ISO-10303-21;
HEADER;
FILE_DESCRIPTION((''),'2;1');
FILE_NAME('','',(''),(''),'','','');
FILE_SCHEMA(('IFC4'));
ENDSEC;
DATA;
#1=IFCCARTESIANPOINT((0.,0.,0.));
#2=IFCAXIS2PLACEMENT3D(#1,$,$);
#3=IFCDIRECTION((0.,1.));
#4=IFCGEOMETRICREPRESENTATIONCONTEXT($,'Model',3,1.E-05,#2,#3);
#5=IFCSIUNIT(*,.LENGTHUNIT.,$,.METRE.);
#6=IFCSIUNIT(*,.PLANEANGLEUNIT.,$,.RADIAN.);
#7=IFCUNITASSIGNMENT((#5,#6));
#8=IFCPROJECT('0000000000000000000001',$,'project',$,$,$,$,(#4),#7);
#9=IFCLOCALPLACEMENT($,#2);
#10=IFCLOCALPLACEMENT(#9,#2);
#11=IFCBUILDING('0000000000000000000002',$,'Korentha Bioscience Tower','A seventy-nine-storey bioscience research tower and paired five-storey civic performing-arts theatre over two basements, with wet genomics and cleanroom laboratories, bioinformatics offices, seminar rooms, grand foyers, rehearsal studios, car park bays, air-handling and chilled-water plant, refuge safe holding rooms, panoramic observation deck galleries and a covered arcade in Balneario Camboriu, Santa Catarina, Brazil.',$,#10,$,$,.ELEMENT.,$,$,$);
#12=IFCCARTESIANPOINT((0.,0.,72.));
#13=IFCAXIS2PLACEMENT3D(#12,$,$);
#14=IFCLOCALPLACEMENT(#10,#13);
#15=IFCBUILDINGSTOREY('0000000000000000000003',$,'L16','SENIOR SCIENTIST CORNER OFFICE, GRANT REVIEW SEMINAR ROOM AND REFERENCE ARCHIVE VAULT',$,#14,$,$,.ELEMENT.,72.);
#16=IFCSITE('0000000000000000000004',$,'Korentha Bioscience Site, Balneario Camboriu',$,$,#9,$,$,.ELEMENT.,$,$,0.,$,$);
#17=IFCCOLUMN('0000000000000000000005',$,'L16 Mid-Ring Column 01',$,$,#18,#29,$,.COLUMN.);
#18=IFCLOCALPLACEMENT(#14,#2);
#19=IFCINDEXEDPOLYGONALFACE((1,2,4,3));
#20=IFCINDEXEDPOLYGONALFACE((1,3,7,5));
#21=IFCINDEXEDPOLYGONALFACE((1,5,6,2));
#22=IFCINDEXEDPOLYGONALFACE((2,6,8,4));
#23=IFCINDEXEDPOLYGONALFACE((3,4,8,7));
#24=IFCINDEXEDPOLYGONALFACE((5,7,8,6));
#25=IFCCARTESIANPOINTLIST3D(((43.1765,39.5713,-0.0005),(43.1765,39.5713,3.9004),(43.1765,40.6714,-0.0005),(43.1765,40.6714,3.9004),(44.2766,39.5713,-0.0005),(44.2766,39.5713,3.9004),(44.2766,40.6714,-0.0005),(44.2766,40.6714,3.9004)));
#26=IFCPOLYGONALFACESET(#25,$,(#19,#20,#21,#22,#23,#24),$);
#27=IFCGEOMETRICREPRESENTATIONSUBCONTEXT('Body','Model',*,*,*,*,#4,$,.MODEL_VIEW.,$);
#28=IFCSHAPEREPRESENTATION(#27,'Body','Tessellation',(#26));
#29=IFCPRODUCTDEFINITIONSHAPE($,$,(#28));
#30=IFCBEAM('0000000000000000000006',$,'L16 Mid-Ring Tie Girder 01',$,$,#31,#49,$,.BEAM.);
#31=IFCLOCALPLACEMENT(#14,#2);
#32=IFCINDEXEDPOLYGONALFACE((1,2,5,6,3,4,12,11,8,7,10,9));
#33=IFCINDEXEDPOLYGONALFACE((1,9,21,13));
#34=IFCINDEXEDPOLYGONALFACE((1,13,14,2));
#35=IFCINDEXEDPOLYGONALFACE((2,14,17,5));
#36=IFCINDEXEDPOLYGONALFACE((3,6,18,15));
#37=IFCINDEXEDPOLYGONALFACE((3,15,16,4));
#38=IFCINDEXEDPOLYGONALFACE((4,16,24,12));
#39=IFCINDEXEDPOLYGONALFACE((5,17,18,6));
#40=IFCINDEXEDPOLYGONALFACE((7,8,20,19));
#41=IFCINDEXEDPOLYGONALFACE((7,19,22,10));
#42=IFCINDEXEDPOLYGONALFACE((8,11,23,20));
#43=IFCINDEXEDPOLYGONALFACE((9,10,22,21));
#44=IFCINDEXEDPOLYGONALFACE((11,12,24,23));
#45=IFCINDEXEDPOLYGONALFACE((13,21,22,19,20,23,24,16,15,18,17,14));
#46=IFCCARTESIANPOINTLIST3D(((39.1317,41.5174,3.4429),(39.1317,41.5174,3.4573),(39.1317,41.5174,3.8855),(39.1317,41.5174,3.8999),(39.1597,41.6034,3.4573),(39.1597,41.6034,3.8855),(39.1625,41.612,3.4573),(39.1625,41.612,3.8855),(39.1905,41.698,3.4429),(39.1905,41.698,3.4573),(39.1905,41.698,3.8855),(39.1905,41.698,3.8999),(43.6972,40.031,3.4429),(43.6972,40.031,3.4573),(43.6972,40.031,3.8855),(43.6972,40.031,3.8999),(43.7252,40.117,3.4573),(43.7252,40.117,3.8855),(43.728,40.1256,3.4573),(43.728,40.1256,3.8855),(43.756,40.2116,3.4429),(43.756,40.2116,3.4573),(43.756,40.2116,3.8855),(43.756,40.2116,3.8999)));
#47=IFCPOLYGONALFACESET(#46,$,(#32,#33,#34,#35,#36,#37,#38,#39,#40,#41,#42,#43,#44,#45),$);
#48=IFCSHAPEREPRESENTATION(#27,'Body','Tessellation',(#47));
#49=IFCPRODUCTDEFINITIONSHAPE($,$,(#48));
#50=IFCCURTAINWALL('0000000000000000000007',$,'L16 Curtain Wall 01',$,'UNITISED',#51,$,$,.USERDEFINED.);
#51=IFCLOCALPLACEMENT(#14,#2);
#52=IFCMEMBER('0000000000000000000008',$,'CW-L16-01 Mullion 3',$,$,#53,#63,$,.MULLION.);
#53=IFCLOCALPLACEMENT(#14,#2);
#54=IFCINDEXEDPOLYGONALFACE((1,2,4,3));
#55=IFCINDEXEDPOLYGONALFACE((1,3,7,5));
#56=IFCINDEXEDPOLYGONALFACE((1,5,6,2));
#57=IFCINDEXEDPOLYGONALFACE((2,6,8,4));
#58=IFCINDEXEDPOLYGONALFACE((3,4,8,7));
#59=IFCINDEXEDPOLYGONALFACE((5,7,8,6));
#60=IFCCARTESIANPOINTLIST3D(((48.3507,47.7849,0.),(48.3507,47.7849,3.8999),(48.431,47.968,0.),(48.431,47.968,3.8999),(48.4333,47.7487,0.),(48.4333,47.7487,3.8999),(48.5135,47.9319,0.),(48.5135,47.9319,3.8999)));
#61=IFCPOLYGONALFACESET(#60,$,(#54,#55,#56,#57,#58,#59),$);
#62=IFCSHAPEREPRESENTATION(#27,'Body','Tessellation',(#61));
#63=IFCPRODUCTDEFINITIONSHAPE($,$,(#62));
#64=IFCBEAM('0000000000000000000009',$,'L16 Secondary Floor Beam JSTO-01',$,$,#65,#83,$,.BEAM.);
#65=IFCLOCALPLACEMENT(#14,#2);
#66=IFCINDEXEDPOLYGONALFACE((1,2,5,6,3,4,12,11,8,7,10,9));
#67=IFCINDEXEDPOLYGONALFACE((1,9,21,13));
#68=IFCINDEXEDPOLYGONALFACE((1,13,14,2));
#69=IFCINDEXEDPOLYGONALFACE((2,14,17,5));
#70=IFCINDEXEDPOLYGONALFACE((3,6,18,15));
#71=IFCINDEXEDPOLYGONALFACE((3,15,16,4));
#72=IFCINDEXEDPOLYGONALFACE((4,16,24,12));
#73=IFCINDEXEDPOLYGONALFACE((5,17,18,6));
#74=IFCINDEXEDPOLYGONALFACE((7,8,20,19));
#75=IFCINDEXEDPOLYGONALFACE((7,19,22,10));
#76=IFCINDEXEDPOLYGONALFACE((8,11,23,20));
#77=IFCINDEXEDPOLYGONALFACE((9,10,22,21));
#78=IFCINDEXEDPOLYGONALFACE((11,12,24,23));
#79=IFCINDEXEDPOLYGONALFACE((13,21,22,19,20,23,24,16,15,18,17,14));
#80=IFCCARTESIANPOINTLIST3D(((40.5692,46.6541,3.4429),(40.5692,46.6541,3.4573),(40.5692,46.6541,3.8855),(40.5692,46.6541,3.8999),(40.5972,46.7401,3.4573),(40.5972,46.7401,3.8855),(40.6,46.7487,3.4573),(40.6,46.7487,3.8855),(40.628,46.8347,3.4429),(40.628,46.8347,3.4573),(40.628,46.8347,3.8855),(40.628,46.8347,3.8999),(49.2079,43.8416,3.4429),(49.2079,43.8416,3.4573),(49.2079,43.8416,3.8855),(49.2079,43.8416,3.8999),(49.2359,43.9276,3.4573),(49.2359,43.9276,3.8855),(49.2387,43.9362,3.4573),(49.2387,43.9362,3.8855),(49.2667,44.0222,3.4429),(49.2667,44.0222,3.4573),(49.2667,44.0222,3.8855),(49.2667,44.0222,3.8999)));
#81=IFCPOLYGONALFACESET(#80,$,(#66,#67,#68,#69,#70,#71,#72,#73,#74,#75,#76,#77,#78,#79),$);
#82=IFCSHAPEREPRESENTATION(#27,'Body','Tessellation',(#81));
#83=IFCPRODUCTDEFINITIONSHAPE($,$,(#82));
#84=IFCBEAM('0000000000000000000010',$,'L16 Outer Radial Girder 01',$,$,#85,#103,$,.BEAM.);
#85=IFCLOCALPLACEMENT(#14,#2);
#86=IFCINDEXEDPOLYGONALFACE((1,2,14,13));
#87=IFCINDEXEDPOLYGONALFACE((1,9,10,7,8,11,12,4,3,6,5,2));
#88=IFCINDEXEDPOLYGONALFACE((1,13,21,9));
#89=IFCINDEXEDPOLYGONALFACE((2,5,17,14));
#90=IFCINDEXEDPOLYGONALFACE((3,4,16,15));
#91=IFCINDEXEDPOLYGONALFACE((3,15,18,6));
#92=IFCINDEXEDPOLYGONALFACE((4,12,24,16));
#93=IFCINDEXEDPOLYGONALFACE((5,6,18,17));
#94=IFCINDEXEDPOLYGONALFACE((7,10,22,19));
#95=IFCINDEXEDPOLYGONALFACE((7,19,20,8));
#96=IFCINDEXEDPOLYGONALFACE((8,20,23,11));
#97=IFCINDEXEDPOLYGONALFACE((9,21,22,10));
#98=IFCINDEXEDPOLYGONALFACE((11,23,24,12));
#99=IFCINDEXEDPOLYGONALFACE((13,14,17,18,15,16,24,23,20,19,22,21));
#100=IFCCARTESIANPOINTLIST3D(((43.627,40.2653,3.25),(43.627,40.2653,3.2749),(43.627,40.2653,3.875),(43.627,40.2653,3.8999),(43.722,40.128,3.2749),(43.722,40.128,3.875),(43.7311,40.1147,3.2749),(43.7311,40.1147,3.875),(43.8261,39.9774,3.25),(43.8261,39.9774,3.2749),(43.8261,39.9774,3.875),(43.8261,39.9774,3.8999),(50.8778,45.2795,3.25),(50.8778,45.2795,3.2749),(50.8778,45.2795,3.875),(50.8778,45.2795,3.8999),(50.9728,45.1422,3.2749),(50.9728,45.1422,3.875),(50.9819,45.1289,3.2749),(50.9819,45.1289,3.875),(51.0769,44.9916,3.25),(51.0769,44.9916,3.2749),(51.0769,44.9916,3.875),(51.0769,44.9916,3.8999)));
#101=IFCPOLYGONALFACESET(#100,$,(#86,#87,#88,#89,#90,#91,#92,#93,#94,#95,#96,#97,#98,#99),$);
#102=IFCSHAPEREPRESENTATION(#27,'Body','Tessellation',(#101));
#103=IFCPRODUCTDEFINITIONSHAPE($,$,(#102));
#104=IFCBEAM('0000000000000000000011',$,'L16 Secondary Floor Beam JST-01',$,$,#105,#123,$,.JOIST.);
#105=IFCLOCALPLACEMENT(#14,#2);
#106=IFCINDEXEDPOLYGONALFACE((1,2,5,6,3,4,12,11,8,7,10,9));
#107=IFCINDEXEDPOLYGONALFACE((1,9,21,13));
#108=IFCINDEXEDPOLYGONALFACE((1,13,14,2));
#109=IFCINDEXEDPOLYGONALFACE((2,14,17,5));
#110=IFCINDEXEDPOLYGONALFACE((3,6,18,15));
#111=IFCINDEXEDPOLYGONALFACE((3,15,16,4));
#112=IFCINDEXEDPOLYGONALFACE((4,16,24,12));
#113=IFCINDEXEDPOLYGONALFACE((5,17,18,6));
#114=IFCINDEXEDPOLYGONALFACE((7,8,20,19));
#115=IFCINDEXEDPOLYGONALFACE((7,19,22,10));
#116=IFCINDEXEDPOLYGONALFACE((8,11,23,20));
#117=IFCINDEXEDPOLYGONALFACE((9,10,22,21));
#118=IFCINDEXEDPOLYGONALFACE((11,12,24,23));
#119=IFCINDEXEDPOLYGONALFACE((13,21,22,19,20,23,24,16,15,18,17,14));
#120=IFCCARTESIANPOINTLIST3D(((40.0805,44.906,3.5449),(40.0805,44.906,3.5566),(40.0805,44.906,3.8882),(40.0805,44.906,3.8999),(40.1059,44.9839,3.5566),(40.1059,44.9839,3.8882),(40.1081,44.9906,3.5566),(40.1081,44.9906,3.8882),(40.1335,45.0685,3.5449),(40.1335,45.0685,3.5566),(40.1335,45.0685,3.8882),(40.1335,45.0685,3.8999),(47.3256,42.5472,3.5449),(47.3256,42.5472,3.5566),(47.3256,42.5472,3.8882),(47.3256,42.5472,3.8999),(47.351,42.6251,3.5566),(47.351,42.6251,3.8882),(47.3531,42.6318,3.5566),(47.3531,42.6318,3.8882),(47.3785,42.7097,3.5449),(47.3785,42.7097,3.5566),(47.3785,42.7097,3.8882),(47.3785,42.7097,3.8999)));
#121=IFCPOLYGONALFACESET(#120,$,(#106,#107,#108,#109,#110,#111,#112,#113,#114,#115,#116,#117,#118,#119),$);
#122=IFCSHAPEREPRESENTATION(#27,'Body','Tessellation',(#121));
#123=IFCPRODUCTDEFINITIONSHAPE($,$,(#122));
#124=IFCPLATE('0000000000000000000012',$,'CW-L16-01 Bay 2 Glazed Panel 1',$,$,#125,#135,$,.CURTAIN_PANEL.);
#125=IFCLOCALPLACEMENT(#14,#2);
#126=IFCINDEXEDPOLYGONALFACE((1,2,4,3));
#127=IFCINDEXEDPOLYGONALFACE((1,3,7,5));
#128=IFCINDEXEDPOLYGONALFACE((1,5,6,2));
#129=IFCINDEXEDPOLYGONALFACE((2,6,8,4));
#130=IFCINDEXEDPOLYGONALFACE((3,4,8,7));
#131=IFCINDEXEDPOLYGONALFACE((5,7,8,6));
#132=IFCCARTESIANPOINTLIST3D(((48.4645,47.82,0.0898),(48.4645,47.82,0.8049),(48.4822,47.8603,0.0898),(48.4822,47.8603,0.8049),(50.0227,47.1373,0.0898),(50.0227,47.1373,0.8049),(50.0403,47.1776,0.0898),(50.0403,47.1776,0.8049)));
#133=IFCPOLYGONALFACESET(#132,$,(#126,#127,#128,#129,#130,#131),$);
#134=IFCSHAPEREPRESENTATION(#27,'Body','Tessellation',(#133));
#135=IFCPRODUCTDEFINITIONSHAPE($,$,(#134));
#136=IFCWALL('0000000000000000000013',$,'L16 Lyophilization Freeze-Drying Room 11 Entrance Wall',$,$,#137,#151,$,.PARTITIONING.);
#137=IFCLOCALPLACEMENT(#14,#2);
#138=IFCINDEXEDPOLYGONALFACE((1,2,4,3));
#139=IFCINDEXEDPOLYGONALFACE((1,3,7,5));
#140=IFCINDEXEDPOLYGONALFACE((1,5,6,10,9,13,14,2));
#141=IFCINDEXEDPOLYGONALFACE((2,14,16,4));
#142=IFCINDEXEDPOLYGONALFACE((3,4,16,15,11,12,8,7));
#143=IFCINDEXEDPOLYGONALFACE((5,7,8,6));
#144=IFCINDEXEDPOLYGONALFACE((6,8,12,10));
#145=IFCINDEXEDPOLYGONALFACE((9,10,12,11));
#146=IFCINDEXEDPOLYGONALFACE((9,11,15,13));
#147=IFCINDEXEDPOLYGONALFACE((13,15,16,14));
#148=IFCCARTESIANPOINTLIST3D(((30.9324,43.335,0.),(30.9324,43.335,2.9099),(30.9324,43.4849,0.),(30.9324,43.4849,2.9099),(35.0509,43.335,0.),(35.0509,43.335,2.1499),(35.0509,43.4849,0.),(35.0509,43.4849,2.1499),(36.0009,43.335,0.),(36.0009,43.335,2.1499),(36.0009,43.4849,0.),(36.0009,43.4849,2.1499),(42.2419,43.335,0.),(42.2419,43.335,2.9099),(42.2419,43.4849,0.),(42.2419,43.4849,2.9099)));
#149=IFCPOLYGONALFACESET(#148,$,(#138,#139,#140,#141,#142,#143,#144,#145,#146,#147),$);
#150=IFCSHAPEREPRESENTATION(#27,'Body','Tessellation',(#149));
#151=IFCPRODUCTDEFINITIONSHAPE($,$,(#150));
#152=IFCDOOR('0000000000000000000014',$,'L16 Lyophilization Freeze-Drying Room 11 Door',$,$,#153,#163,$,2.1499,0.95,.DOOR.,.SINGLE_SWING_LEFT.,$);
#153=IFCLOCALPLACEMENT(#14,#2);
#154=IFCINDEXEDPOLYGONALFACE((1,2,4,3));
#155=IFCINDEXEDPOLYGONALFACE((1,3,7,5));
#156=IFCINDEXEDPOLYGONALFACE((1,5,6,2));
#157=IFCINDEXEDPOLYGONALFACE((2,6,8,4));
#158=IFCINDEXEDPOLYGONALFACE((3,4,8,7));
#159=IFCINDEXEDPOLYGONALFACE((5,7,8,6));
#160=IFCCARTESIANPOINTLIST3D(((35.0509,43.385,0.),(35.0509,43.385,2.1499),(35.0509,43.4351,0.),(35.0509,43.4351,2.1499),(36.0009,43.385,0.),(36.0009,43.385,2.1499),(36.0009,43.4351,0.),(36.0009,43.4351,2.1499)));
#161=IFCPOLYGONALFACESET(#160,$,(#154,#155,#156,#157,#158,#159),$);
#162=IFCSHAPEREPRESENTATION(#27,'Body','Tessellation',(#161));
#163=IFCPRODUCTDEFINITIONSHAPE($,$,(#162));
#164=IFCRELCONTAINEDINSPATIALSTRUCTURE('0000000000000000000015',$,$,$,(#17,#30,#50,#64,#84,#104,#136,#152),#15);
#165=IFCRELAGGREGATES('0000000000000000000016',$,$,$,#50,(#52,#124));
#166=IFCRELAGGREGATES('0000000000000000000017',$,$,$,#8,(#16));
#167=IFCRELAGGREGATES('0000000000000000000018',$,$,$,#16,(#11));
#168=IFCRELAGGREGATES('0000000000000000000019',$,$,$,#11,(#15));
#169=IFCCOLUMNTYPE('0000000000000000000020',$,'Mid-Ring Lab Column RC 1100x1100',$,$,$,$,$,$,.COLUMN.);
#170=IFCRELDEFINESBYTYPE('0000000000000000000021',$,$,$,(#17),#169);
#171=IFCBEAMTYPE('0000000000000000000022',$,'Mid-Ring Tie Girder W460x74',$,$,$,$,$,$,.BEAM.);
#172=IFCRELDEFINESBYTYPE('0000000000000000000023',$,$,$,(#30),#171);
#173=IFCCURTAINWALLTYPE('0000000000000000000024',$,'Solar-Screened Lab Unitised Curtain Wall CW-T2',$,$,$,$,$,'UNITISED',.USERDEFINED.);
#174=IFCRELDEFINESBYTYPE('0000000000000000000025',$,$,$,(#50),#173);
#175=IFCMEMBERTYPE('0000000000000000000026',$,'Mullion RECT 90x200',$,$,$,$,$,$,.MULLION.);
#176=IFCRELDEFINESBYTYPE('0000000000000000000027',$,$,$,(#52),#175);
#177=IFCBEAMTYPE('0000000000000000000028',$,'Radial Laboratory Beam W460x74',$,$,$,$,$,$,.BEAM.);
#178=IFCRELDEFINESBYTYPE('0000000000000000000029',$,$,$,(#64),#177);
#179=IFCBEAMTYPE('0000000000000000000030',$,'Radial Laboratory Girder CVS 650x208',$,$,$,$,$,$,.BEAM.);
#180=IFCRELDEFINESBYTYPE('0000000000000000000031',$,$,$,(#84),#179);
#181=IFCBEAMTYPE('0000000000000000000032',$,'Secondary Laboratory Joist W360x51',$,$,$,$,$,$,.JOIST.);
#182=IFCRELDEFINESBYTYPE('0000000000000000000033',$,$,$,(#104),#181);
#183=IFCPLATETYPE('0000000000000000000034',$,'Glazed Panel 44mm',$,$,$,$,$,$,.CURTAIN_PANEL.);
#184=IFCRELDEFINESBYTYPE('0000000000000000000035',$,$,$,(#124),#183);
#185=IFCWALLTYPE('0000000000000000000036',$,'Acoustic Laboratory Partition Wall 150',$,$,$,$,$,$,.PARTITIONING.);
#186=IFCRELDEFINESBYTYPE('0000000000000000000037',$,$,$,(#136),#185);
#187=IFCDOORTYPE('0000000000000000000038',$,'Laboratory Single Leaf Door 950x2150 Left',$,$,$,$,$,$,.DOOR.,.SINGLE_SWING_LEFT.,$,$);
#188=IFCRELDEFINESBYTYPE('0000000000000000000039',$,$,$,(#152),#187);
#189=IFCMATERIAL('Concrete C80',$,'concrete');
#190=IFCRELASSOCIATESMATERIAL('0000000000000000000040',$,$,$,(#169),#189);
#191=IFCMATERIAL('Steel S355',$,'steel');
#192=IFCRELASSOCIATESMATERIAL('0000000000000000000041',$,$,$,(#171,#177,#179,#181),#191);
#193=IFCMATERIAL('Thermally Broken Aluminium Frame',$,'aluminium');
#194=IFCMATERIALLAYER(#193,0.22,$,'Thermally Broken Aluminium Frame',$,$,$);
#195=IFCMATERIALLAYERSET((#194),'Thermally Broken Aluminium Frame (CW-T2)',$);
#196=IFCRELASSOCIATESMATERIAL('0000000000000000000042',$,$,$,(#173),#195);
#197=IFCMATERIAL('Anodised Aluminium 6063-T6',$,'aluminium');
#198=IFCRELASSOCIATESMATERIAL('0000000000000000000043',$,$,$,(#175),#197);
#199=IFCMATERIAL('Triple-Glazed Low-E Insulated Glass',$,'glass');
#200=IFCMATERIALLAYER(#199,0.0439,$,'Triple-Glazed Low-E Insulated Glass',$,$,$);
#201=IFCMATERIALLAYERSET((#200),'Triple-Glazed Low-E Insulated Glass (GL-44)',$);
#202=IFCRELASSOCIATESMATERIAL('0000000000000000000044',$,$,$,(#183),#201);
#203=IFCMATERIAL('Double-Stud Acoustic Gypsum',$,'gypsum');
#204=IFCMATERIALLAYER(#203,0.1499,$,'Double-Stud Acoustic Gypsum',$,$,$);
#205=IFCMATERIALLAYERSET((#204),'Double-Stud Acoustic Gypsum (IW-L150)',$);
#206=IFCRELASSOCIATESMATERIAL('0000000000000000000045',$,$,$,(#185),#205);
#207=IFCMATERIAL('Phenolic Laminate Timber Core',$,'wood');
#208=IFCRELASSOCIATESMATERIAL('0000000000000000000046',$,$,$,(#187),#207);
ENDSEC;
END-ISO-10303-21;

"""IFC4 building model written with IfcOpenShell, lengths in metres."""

from ifc_helpers import new_model, si_unit, direction, frame, frame_2d, origin, origin_2d, place, context, subcontext, project, spatial, rectangle, i_section, extrude, material, layer, layer_set, material_profile, profile_set, type_object, element, fill, aggregate, save


model = new_model("IFC4")

# Units and contexts
model_context = context("Model", 3, precision=1e-05, world=origin(), true_north=direction((0.0, 1.0)))
body_context = subcontext(model_context, "Body", "Model", "MODEL_VIEW")
ifc_project = project(units=[si_unit("LENGTHUNIT", "METRE"), si_unit("PLANEANGLEUNIT", "RADIAN")], contexts=[model_context])

# Site, building, storey
site_placement = place(None, origin())
site = spatial("IfcSite", under=ifc_project, at=site_placement, Name="Korentha Bioscience Site, Balneario Camboriu", CompositionType="ELEMENT", RefElevation=0.0)
building_placement = place(site_placement, origin())
building = spatial("IfcBuilding", under=site, at=building_placement, Name="Korentha Bioscience Tower", Description="A seventy-nine-storey bioscience research tower and paired five-storey civic performing-arts theatre over two basements, with wet genomics and cleanroom laboratories, bioinformatics offices, seminar rooms, grand foyers, rehearsal studios, car park bays, air-handling and chilled-water plant, refuge safe holding rooms, panoramic observation deck galleries and a covered arcade in Balneario Camboriu, Santa Catarina, Brazil.", CompositionType="ELEMENT")
storey_placement = place(building_placement, frame((0.0, 0.0, 72.0)))
storey = spatial("IfcBuildingStorey", under=building, at=storey_placement, Name="L16", Description="SENIOR SCIENTIST CORNER OFFICE, GRANT REVIEW SEMINAR ROOM AND REFERENCE ARCHIVE VAULT", CompositionType="ELEMENT", Elevation=72.0)

# Column
ifc_material_1 = material(Name="Concrete C80", Category="concrete")
ifc_material_profile_1 = material_profile(ifc_material_1, rectangle(XDim=1.1001, YDim=1.1001, at=origin_2d()), Name="Concrete C80")
ifc_profile_set_1 = profile_set([ifc_material_profile_1], Name="Concrete C80 (COL-MR11)")
column_type = type_object("IfcColumnType", Name="Mid-Ring Lab Column RC 1100x1100", PredefinedType="COLUMN", material=ifc_profile_set_1)
column_placement = place(storey_placement, frame((43.7266, 40.1213, -0.0005), z_axis=(0.0, 0.0, 1.0), x_axis=(1.0, 0.0, 0.0)))
element("IfcColumn", 1, at=column_placement, inside=storey, type_object=column_type, Name="L16 Mid-Ring Column 01", PredefinedType="COLUMN", context=body_context, shape_type="SweptSolid", body=[
    extrude(rectangle(XDim=1.1001, YDim=1.1001, at=origin_2d()), origin(), (0.0, 0.0, 1.0), 3.9009),
])

# Beam
ifc_material_2 = material(Name="Steel S355", Category="steel")
ifc_material_profile_2 = material_profile(ifc_material_2, i_section(OverallWidth=0.1899, OverallDepth=0.457, WebThickness=0.009, FlangeThickness=0.0144, at=origin_2d()), Name="Steel S355")
ifc_profile_set_2 = profile_set([ifc_material_profile_2], Name="Steel S355 (MB-460)")
beam_type_1 = type_object("IfcBeamType", Name="Mid-Ring Tie Girder W460x74", PredefinedType="BEAM", material=ifc_profile_set_2)
beam_1_placement = place(storey_placement, frame((43.7266, 40.1213, 3.6714), z_axis=(-0.950877, 0.309569, 0.0), x_axis=(-0.309569, -0.950877, 0.0)))
element("IfcBeam", 2, at=beam_1_placement, inside=storey, type_object=beam_type_1, Name="L16 Mid-Ring Tie Girder 01", PredefinedType="BEAM", context=body_context, shape_type="SweptSolid", body=[
    extrude(i_section(OverallWidth=0.1899, OverallDepth=0.457, WebThickness=0.009, FlangeThickness=0.0144, at=origin_2d()), origin(), (0.0, 0.0, 1.0), 4.8013),
])

# Curtain wall, member
ifc_material_3 = material(Name="Thermally Broken Aluminium Frame", Category="aluminium")
ifc_layer_1 = layer(ifc_material_3, 0.22, Name="Thermally Broken Aluminium Frame")
ifc_layer_set_1 = layer_set([ifc_layer_1], Name="Thermally Broken Aluminium Frame (CW-T2)")
curtain_wall_type = type_object("IfcCurtainWallType", Name="Solar-Screened Lab Unitised Curtain Wall CW-T2", ElementType="UNITISED", PredefinedType="USERDEFINED", material=ifc_layer_set_1)
curtain_wall_placement = place(storey_placement, origin())
curtain_wall = element("IfcCurtainWall", 3, at=curtain_wall_placement, inside=storey, type_object=curtain_wall_type, Name="L16 Curtain Wall 01", ObjectType="UNITISED", PredefinedType="USERDEFINED")
ifc_material_4 = material(Name="Anodised Aluminium 6063-T6", Category="aluminium")
ifc_material_profile_3 = material_profile(ifc_material_4, rectangle(XDim=0.0901, YDim=0.2, at=origin_2d()), Name="Anodised Aluminium 6063-T6")
ifc_profile_set_3 = profile_set([ifc_material_profile_3], Name="Anodised Aluminium 6063-T6 (CW-MUL)")
member_type = type_object("IfcMemberType", Name="Mullion RECT 90x200", PredefinedType="MULLION", material=ifc_profile_set_3)
member_placement = place(storey_placement, frame((48.4321, 47.8584, 0.0), z_axis=(0.0, 0.0, 1.0), x_axis=(-0.915939, 0.401317, 0.0)))
member = element("IfcMember", 4, at=member_placement, type_object=member_type, Name="CW-L16-01 Mullion 3", PredefinedType="MULLION", context=body_context, shape_type="SweptSolid", body=[
    extrude(rectangle(XDim=0.0901, YDim=0.2, at=origin_2d()), origin(), (0.0, 0.0, 1.0), 3.8999),
])

# Beams
ifc_material_profile_4 = material_profile(ifc_material_2, i_section(OverallWidth=0.1899, OverallDepth=0.457, WebThickness=0.009, FlangeThickness=0.0144, at=origin_2d()), Name="Steel S355")
ifc_profile_set_4 = profile_set([ifc_material_profile_4], Name="Steel S355 (RB-460)")
beam_type_2 = type_object("IfcBeamType", Name="Radial Laboratory Beam W460x74", PredefinedType="BEAM", material=ifc_profile_set_4)
beam_2_placement = place(storey_placement, frame((49.2373, 43.9319, 3.6714), z_axis=(-0.950874, 0.309577, 0.0), x_axis=(-0.309577, -0.950874, 0.0)))
element("IfcBeam", 5, at=beam_2_placement, inside=storey, type_object=beam_type_2, Name="L16 Secondary Floor Beam JSTO-01", PredefinedType="BEAM", context=body_context, shape_type="SweptSolid", body=[
    extrude(i_section(OverallWidth=0.1899, OverallDepth=0.457, WebThickness=0.009, FlangeThickness=0.0144, at=origin_2d()), origin(), (0.0, 0.0, 1.0), 9.085),
])
ifc_material_profile_5 = material_profile(ifc_material_2, i_section(OverallWidth=0.3501, OverallDepth=0.6499, WebThickness=0.0161, FlangeThickness=0.0249, at=origin_2d()), Name="Steel S355")
ifc_profile_set_5 = profile_set([ifc_material_profile_5], Name="Steel S355 (RB-650)")
beam_type_3 = type_object("IfcBeamType", Name="Radial Laboratory Girder CVS 650x208", PredefinedType="BEAM", material=ifc_profile_set_5)
beam_3_placement = place(storey_placement, frame((43.7266, 40.1213, 3.575), z_axis=(0.822488, 0.568782, 0.0), x_axis=(-0.568782, 0.822488, 0.0)))
element("IfcBeam", 6, at=beam_3_placement, inside=storey, type_object=beam_type_3, Name="L16 Outer Radial Girder 01", PredefinedType="BEAM", context=body_context, shape_type="SweptSolid", body=[
    extrude(i_section(OverallWidth=0.3501, OverallDepth=0.6499, WebThickness=0.0161, FlangeThickness=0.0249, at=origin_2d()), origin(), (0.0, 0.0, 1.0), 8.8157),
])
ifc_material_profile_6 = material_profile(ifc_material_2, i_section(OverallWidth=0.1709, OverallDepth=0.355, WebThickness=0.0071, FlangeThickness=0.0117, at=origin_2d()), Name="Steel S355")
ifc_profile_set_6 = profile_set([ifc_material_profile_6], Name="Steel S355 (JB-360)")
beam_type_4 = type_object("IfcBeamType", Name="Secondary Laboratory Joist W360x51", PredefinedType="JOIST", material=ifc_profile_set_6)
beam_4_placement = place(storey_placement, frame((47.3521, 42.6284, 3.7224), z_axis=(-0.950871, 0.309587, 0.0), x_axis=(-0.309587, -0.950871, 0.0)))
element("IfcBeam", 7, at=beam_4_placement, inside=storey, type_object=beam_type_4, Name="L16 Secondary Floor Beam JST-01", PredefinedType="JOIST", context=body_context, shape_type="SweptSolid", body=[
    extrude(i_section(OverallWidth=0.1709, OverallDepth=0.355, WebThickness=0.0071, FlangeThickness=0.0117, at=origin_2d()), origin(), (0.0, 0.0, 1.0), 7.6194),
])

# Plate
ifc_material_5 = material(Name="Triple-Glazed Low-E Insulated Glass", Category="glass")
ifc_layer_2 = layer(ifc_material_5, 0.0439, Name="Triple-Glazed Low-E Insulated Glass")
ifc_layer_set_2 = layer_set([ifc_layer_2], Name="Triple-Glazed Low-E Insulated Glass (GL-44)")
plate_type = type_object("IfcPlateType", Name="Glazed Panel 44mm", PredefinedType="CURTAIN_PANEL", material=ifc_layer_set_2)
plate_placement = place(storey_placement, frame((49.2524, 47.4988, 0.0898), z_axis=(0.0, 0.0, 1.0), x_axis=(-0.915939, 0.401317, 0.0)))
plate = element("IfcPlate", 8, at=plate_placement, type_object=plate_type, Name="CW-L16-01 Bay 2 Glazed Panel 1", PredefinedType="CURTAIN_PANEL", context=body_context, shape_type="SweptSolid", body=[
    extrude(rectangle(XDim=1.7012, YDim=0.0439, at=origin_2d()), origin(), (0.0, 0.0, 1.0), 0.7151),
])
aggregate(curtain_wall, [member, plate])

# Wall, opening, door
ifc_material_6 = material(Name="Double-Stud Acoustic Gypsum", Category="gypsum")
ifc_layer_3 = layer(ifc_material_6, 0.1499, Name="Double-Stud Acoustic Gypsum")
ifc_layer_set_3 = layer_set([ifc_layer_3], Name="Double-Stud Acoustic Gypsum (IW-L150)")
wall_type_1 = type_object("IfcWallType", Name="Acoustic Laboratory Partition Wall 150", PredefinedType="PARTITIONING", material=ifc_layer_set_3)
wall_1_placement = place(storey_placement, frame((42.2419, 43.4099, 0.0), z_axis=(0.0, 0.0, 1.0), x_axis=(-1.0, 0.0, 0.0)))
wall_1 = element("IfcWall", 9, at=wall_1_placement, inside=storey, type_object=wall_type_1, Name="L16 Lyophilization Freeze-Drying Room 11 Entrance Wall", PredefinedType="PARTITIONING", context=body_context, shape_type="SweptSolid", body=[
    extrude(rectangle(XDim=11.3096, YDim=0.1499, at=frame_2d((5.6548, 0.0))), origin(), (0.0, 0.0, 1.0), 2.9099),
])
opening_1_placement = place(wall_1_placement, frame((6.241, 0.0, 0.0)))
opening_1 = element("IfcOpeningElement", 10, at=opening_1_placement, cuts=wall_1, PredefinedType="OPENING", context=body_context, shape_type="SweptSolid", body=[
    extrude(rectangle(XDim=0.95, YDim=2.1499, at=frame_2d((0.4751, 1.075))), frame((0.0, 0.0898, 0.0), z_axis=(0.0, -1.0, 0.0), x_axis=(1.0, 0.0, 0.0)), (0.0, 0.0, 1.0), 0.1797),
])
ifc_material_7 = material(Name="Phenolic Laminate Timber Core", Category="wood")
door_type_1 = type_object("IfcDoorType", Name="Laboratory Single Leaf Door 950x2150 Left", OperationType="SINGLE_SWING_LEFT", PredefinedType="DOOR", material=ifc_material_7)
door_1_placement = place(opening_1_placement, origin())
door_1 = element("IfcDoor", 11, at=door_1_placement, inside=storey, type_object=door_type_1, Name="L16 Lyophilization Freeze-Drying Room 11 Door", OperationType="SINGLE_SWING_LEFT", OverallHeight=2.1499, OverallWidth=0.95, PredefinedType="DOOR", context=body_context, shape_type="SweptSolid", body=[
    extrude(rectangle(XDim=0.95, YDim=2.1499, at=frame_2d((0.4751, 1.075))), frame((0.0, 0.0249, 0.0), z_axis=(0.0, -1.0, 0.0), x_axis=(1.0, 0.0, 0.0)), (0.0, 0.0, 1.0), 0.05),
])
fill(opening_1, door_1)

save(model, "model.ifc")
